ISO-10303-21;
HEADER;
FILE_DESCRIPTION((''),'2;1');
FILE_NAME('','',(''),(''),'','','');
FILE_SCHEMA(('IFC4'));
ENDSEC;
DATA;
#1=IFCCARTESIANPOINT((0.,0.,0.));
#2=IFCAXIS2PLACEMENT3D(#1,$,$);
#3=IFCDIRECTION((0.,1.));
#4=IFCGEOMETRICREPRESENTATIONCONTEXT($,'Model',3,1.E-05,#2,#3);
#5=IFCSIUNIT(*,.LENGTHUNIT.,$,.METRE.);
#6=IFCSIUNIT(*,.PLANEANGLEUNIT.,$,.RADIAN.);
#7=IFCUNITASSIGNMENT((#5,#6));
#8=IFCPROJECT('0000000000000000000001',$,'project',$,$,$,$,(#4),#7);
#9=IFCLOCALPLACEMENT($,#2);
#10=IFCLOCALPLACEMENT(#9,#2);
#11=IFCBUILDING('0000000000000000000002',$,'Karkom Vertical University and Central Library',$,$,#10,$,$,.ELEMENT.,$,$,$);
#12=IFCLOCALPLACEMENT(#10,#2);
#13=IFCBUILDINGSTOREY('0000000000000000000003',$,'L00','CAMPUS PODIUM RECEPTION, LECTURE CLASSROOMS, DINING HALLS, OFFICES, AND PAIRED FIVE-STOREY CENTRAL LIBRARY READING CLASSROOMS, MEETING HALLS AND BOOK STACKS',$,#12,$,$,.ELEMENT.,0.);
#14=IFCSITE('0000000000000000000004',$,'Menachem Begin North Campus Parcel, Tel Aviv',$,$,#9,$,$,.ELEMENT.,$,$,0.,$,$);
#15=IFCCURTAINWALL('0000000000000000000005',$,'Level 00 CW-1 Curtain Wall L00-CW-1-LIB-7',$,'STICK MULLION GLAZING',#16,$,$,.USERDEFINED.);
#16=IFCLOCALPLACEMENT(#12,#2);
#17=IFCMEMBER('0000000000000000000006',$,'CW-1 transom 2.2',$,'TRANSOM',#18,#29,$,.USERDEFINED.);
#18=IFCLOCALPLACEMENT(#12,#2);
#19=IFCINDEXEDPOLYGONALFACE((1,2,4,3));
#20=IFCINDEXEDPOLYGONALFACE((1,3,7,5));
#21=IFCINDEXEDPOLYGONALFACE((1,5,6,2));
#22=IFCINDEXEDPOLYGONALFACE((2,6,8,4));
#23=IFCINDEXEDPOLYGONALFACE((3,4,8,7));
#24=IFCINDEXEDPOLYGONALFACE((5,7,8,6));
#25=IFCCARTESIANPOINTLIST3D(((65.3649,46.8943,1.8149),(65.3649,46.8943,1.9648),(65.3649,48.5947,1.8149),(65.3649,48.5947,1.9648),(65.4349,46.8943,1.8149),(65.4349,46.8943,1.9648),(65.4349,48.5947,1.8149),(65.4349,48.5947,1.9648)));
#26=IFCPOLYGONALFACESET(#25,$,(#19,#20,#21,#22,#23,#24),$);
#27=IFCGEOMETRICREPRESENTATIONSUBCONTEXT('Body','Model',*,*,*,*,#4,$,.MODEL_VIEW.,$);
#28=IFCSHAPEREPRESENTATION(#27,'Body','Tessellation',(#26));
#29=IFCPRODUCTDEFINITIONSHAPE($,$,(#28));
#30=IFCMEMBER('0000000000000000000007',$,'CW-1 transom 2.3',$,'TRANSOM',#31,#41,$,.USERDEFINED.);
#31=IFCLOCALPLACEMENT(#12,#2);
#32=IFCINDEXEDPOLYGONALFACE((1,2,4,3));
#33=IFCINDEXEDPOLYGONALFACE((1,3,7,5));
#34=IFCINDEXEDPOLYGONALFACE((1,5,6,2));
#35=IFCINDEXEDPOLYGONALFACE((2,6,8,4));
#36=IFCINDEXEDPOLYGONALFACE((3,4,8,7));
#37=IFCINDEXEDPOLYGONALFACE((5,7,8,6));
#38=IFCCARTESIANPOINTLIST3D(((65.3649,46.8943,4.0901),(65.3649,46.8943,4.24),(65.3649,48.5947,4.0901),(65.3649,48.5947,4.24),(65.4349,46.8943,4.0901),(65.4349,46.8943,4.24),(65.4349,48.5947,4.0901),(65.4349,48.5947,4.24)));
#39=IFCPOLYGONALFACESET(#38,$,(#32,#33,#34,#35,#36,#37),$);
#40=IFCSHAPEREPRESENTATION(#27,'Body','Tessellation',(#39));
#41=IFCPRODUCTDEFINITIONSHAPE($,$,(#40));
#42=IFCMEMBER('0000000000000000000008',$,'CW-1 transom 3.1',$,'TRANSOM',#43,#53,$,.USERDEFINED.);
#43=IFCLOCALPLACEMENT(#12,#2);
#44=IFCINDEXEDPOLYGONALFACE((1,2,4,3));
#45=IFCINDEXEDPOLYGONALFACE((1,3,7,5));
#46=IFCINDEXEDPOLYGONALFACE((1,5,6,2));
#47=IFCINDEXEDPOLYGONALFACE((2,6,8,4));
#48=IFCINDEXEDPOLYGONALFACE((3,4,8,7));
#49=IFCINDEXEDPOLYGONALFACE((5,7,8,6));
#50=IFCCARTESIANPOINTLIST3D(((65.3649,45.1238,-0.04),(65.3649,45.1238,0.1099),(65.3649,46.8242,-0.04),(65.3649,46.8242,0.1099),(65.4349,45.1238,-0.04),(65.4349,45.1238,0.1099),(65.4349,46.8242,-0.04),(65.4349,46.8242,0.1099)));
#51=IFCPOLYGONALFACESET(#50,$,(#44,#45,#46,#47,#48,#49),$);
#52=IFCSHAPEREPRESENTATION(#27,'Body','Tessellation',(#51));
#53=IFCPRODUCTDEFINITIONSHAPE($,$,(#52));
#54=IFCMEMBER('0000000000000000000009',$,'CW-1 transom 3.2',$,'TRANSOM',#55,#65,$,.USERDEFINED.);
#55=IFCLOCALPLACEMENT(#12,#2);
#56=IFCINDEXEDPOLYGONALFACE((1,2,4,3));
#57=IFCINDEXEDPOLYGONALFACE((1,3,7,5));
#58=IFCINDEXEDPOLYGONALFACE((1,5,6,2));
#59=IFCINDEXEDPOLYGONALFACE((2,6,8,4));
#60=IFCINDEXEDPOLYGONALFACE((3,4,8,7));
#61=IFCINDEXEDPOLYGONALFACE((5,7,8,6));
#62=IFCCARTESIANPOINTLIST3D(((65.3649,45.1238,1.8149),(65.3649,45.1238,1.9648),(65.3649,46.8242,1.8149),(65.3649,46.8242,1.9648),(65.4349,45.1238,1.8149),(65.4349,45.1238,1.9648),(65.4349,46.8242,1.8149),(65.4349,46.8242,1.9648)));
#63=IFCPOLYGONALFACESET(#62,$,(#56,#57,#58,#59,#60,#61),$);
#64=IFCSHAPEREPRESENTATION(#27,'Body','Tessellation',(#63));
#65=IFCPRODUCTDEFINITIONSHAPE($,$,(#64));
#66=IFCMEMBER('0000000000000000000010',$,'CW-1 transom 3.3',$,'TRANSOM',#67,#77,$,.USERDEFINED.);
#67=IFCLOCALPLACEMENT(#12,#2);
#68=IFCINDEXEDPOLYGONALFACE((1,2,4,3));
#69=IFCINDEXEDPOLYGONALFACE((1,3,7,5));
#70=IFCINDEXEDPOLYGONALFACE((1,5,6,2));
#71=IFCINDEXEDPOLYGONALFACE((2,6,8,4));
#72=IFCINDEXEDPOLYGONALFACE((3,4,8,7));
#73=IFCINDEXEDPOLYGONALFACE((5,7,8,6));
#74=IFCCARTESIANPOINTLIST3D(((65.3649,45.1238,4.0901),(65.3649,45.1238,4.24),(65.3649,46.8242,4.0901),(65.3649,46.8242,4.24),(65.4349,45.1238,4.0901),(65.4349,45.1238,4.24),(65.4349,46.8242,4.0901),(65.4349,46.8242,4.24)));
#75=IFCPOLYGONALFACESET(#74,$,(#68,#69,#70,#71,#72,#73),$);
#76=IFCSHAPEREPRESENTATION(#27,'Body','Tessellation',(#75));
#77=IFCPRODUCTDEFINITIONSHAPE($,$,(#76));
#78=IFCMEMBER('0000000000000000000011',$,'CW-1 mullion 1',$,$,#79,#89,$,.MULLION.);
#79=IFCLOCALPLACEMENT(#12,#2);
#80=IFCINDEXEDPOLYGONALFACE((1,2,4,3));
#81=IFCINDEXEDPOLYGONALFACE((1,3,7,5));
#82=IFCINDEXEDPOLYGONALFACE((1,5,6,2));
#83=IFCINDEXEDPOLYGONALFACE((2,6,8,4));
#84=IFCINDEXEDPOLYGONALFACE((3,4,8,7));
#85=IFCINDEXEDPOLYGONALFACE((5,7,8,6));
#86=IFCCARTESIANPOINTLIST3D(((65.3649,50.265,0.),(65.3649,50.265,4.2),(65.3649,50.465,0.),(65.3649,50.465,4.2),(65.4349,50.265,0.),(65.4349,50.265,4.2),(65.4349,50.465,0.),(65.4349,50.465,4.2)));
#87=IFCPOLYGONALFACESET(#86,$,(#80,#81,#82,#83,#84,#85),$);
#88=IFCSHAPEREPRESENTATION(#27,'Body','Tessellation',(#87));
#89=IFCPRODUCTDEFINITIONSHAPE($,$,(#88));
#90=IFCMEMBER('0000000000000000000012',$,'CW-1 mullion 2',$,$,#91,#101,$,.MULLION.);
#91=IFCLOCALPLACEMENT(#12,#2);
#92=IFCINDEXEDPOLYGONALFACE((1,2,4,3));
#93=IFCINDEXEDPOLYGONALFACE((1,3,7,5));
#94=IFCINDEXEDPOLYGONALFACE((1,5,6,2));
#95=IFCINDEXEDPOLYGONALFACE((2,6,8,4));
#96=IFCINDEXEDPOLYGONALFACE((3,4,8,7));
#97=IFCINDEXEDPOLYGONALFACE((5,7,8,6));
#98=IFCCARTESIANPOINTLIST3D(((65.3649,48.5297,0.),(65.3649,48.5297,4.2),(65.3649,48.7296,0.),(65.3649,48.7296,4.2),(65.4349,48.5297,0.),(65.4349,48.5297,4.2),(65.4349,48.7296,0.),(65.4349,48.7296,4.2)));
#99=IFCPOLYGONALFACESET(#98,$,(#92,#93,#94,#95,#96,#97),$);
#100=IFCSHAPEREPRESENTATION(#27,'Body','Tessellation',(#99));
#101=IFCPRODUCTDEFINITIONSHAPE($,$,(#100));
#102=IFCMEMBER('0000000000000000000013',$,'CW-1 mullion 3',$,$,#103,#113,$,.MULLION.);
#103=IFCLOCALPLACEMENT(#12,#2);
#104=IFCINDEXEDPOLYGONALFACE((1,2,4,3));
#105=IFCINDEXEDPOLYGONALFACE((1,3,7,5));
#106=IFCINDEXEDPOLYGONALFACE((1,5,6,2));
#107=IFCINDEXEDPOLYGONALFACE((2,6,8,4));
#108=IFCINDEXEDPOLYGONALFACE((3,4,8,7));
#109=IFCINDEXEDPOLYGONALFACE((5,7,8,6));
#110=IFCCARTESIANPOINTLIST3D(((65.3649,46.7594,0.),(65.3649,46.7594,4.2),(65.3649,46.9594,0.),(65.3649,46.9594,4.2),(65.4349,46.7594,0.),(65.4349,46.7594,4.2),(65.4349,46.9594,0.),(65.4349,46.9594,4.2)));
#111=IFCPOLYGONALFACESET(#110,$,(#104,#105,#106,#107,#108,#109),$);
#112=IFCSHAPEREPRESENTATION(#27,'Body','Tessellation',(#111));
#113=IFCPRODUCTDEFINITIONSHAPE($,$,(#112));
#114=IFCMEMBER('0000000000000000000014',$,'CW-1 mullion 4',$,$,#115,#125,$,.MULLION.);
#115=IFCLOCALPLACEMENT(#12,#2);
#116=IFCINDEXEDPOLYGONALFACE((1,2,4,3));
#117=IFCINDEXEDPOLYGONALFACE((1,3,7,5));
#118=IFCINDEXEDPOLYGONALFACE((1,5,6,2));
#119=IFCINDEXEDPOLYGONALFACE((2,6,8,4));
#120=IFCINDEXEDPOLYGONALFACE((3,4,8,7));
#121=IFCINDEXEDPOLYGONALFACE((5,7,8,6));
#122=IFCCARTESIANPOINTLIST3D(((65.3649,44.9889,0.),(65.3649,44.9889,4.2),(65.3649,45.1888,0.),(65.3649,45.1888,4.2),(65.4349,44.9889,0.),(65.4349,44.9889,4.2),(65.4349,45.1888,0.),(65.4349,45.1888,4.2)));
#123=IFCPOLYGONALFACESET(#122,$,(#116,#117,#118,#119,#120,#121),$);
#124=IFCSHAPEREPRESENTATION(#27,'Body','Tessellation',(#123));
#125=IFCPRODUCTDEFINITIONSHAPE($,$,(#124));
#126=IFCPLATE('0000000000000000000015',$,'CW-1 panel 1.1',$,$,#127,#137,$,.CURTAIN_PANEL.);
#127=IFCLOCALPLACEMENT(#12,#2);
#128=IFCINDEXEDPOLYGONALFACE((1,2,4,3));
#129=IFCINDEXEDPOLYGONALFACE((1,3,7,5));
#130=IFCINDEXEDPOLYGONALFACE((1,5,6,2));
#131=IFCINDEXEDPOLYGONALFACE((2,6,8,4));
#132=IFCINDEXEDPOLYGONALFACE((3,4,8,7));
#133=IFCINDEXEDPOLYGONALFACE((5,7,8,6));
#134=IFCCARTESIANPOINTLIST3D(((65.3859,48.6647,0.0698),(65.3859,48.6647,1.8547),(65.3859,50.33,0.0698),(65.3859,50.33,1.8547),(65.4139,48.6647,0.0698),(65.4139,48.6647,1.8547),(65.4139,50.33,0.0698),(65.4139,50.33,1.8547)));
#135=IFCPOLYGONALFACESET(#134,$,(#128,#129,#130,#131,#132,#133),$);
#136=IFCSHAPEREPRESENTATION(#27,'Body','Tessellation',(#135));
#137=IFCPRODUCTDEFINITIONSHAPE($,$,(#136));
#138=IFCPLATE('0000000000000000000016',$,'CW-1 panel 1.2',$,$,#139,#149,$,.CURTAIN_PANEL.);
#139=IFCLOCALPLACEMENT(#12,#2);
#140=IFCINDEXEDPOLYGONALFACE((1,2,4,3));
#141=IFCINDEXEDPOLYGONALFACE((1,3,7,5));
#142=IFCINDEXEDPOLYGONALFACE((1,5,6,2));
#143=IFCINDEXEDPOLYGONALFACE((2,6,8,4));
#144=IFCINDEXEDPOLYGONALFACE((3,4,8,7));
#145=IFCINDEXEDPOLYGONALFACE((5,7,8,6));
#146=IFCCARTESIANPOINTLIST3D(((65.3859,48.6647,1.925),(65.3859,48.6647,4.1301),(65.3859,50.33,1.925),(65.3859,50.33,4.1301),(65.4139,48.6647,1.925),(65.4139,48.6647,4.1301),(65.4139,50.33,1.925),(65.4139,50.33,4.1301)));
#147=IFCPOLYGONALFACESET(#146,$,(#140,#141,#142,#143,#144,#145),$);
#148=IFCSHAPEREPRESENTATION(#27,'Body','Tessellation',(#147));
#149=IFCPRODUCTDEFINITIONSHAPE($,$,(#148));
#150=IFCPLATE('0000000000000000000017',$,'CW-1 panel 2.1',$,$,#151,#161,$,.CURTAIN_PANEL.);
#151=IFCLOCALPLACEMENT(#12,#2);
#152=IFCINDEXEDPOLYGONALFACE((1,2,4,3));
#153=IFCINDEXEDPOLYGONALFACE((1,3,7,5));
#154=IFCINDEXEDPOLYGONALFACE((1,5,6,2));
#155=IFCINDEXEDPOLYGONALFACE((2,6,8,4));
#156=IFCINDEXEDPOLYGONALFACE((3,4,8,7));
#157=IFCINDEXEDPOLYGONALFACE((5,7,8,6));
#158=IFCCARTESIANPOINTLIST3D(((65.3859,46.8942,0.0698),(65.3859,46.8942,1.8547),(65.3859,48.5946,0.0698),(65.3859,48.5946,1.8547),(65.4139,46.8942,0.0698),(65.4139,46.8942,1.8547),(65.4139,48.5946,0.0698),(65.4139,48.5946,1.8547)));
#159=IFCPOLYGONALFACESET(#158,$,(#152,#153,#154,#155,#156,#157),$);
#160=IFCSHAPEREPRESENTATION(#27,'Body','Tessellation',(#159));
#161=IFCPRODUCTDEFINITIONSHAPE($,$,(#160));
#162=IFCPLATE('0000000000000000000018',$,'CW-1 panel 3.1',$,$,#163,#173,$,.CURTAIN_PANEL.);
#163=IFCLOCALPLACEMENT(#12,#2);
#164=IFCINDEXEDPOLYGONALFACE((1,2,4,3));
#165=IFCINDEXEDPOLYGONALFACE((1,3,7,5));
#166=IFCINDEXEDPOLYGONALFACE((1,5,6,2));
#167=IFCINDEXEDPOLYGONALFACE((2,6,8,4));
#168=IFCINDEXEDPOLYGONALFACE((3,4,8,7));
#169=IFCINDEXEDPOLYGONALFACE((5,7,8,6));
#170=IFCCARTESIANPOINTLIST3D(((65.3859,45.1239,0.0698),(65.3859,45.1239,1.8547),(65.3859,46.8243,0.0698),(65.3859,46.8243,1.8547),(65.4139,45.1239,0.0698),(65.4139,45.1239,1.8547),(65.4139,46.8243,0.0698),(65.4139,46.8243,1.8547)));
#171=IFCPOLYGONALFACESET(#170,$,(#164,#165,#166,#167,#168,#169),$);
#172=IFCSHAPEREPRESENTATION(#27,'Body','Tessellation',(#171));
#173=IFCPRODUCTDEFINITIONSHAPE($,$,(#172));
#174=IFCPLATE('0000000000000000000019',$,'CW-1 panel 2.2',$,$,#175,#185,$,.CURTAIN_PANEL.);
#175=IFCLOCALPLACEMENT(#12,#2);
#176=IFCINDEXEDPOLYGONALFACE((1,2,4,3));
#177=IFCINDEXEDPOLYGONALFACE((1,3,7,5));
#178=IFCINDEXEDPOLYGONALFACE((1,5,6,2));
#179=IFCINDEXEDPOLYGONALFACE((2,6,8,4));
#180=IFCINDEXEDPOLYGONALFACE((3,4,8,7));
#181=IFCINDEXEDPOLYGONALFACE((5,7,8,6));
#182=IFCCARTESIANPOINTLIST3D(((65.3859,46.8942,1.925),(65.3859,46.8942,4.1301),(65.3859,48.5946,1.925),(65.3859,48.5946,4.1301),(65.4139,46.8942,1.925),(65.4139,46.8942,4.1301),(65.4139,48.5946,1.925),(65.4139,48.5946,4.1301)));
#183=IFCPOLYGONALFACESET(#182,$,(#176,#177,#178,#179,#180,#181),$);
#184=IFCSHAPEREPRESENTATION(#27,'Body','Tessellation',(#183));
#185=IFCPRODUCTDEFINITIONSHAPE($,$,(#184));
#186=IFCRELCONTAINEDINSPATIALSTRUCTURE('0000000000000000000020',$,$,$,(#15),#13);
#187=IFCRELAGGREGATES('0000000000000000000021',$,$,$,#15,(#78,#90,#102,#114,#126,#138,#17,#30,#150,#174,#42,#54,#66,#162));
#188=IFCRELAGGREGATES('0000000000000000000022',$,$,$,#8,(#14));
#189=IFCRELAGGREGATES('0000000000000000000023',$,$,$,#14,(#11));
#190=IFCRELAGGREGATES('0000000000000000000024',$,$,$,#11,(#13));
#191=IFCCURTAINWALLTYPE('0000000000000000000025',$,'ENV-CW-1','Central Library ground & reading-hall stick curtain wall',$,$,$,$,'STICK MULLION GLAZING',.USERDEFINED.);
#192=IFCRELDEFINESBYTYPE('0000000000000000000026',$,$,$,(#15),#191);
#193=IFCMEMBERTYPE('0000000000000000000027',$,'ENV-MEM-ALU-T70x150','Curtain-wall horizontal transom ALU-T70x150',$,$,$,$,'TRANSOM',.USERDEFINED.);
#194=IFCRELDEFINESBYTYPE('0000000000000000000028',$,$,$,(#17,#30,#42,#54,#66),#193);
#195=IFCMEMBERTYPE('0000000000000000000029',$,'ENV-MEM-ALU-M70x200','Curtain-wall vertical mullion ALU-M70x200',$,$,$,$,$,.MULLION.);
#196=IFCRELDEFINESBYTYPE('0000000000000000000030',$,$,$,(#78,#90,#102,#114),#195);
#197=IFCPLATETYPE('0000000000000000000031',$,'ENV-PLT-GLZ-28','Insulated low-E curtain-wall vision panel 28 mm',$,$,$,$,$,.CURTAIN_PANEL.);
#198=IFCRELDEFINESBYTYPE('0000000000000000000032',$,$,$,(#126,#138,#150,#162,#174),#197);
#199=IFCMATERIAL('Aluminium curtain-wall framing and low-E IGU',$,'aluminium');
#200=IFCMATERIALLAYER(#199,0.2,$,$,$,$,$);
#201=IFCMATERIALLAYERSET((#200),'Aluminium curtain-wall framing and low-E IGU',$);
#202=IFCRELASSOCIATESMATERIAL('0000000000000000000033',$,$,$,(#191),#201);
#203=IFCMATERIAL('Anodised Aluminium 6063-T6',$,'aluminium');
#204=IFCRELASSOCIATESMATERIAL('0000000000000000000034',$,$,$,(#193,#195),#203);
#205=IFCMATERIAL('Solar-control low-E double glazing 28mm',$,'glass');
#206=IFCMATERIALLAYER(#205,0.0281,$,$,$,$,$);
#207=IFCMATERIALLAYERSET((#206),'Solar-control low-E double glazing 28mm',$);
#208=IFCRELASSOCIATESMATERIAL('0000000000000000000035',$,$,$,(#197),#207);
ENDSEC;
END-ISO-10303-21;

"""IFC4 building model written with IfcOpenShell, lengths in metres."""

from ifc_helpers import new_model, si_unit, direction, frame, origin, origin_with_axes, origin_2d, place, context, subcontext, project, spatial, rectangle, extrude, source, transform, mapped, material, layer, layer_set, material_profile, profile_set, type_object, element, aggregate, save


model = new_model("IFC4")

# Units and contexts
model_context = context("Model", 3, precision=1e-05, world=origin(), true_north=direction((0.0, 1.0)))
body_context = subcontext(model_context, "Body", "Model", "MODEL_VIEW")
ifc_project = project(units=[si_unit("LENGTHUNIT", "METRE"), si_unit("PLANEANGLEUNIT", "RADIAN")], contexts=[model_context])

# Site, building, storey
site_placement = place(None, origin())
site = spatial("IfcSite", under=ifc_project, at=site_placement, Name="Menachem Begin North Campus Parcel, Tel Aviv", CompositionType="ELEMENT", RefElevation=0.0)
building_placement = place(site_placement, origin())
building = spatial("IfcBuilding", under=site, at=building_placement, Name="Karkom Vertical University and Central Library", CompositionType="ELEMENT")
storey_placement = place(building_placement, origin())
storey = spatial("IfcBuildingStorey", under=building, at=storey_placement, Name="L00", Description="CAMPUS PODIUM RECEPTION, LECTURE CLASSROOMS, DINING HALLS, OFFICES, AND PAIRED FIVE-STOREY CENTRAL LIBRARY READING CLASSROOMS, MEETING HALLS AND BOOK STACKS", CompositionType="ELEMENT", Elevation=0.0)

# Curtain wall, members, plates
ifc_material_1 = material(Name="Aluminium curtain-wall framing and low-E IGU", Category="aluminium")
ifc_layer_1 = layer(ifc_material_1, 0.2)
ifc_layer_set_1 = layer_set([ifc_layer_1], Name="Aluminium curtain-wall framing and low-E IGU")
curtain_wall_type = type_object("IfcCurtainWallType", Name="ENV-CW-1", Description="Central Library ground & reading-hall stick curtain wall", ElementType="STICK MULLION GLAZING", PredefinedType="USERDEFINED", material=ifc_layer_set_1)
curtain_wall_placement = place(storey_placement, origin())
curtain_wall = element("IfcCurtainWall", 1, at=curtain_wall_placement, inside=storey, type_object=curtain_wall_type, Name="Level 00 CW-1 Curtain Wall L00-CW-1-LIB-7", ObjectType="STICK MULLION GLAZING", PredefinedType="USERDEFINED")
ifc_material_2 = material(Name="Anodised Aluminium 6063-T6", Category="aluminium")
ifc_material_profile_1 = material_profile(ifc_material_2, rectangle(XDim=0.0701, YDim=0.1499, at=origin_2d()), Name="ALU-T70x150")
ifc_profile_set_1 = profile_set([ifc_material_profile_1], Name="Anodised Aluminium 6063-T6")
member_type_1 = type_object("IfcMemberType", Name="ENV-MEM-ALU-T70x150", Description="Curtain-wall horizontal transom ALU-T70x150", ElementType="TRANSOM", PredefinedType="USERDEFINED", material=ifc_profile_set_1)
shared_shape_1 = source(origin_with_axes(), body_context, "Body", "SweptSolid", [
    extrude(rectangle(XDim=0.0701, YDim=0.1499, at=origin_2d()), origin(), (0.0, 0.0, 1.0), 1.7004),
])
member_1_placement = place(storey_placement, frame((65.3999, 48.5947, 1.8899), z_axis=(0.0, -1.0, 0.0), x_axis=(1.0, 0.0, 0.0)))
member_1 = element("IfcMember", 2, at=member_1_placement, type_object=member_type_1, Name="CW-1 transom 2.2", ObjectType="TRANSOM", PredefinedType="USERDEFINED", context=body_context, shape_type="MappedRepresentation", body=[
    mapped(shared_shape_1, transform((0.0, 0.0, 0.0), scale=1.0)),
])
member_2_placement = place(storey_placement, frame((65.3999, 48.5947, 4.165), z_axis=(0.0, -1.0, 0.0), x_axis=(1.0, 0.0, 0.0)))
member_2 = element("IfcMember", 3, at=member_2_placement, type_object=member_type_1, Name="CW-1 transom 2.3", ObjectType="TRANSOM", PredefinedType="USERDEFINED", context=body_context, shape_type="MappedRepresentation", body=[
    mapped(shared_shape_1, transform((0.0, 0.0, 0.0), scale=1.0)),
])
member_3_placement = place(storey_placement, frame((65.3999, 46.8242, 0.0349), z_axis=(0.0, -1.0, 0.0), x_axis=(1.0, 0.0, 0.0)))
member_3 = element("IfcMember", 4, at=member_3_placement, type_object=member_type_1, Name="CW-1 transom 3.1", ObjectType="TRANSOM", PredefinedType="USERDEFINED", context=body_context, shape_type="MappedRepresentation", body=[
    mapped(shared_shape_1, transform((0.0, 0.0, 0.0), scale=1.0)),
])
member_4_placement = place(storey_placement, frame((65.3999, 46.8242, 1.8899), z_axis=(0.0, -1.0, 0.0), x_axis=(1.0, 0.0, 0.0)))
member_4 = element("IfcMember", 5, at=member_4_placement, type_object=member_type_1, Name="CW-1 transom 3.2", ObjectType="TRANSOM", PredefinedType="USERDEFINED", context=body_context, shape_type="MappedRepresentation", body=[
    mapped(shared_shape_1, transform((0.0, 0.0, 0.0), scale=1.0)),
])
member_5_placement = place(storey_placement, frame((65.3999, 46.8242, 4.165), z_axis=(0.0, -1.0, 0.0), x_axis=(1.0, 0.0, 0.0)))
member_5 = element("IfcMember", 6, at=member_5_placement, type_object=member_type_1, Name="CW-1 transom 3.3", ObjectType="TRANSOM", PredefinedType="USERDEFINED", context=body_context, shape_type="MappedRepresentation", body=[
    mapped(shared_shape_1, transform((0.0, 0.0, 0.0), scale=1.0)),
])
ifc_material_profile_2 = material_profile(ifc_material_2, rectangle(XDim=0.0701, YDim=0.2, at=origin_2d()), Name="ALU-M70x200")
ifc_profile_set_2 = profile_set([ifc_material_profile_2], Name="Anodised Aluminium 6063-T6")
member_type_2 = type_object("IfcMemberType", Name="ENV-MEM-ALU-M70x200", Description="Curtain-wall vertical mullion ALU-M70x200", PredefinedType="MULLION", material=ifc_profile_set_2)
shared_shape_2 = source(origin_with_axes(), body_context, "Body", "SweptSolid", [
    extrude(rectangle(XDim=0.0701, YDim=0.2, at=origin_2d()), origin(), (0.0, 0.0, 1.0), 4.2),
])
member_6_placement = place(storey_placement, frame((65.3999, 50.365, 0.0), z_axis=(0.0, 0.0, 1.0), x_axis=(1.0, 0.0, 0.0)))
member_6 = element("IfcMember", 7, at=member_6_placement, type_object=member_type_2, Name="CW-1 mullion 1", PredefinedType="MULLION", context=body_context, shape_type="MappedRepresentation", body=[
    mapped(shared_shape_2, transform((0.0, 0.0, 0.0), scale=1.0)),
])
member_7_placement = place(storey_placement, frame((65.3999, 48.6296, 0.0), z_axis=(0.0, 0.0, 1.0), x_axis=(1.0, 0.0, 0.0)))
member_7 = element("IfcMember", 8, at=member_7_placement, type_object=member_type_2, Name="CW-1 mullion 2", PredefinedType="MULLION", context=body_context, shape_type="MappedRepresentation", body=[
    mapped(shared_shape_2, transform((0.0, 0.0, 0.0), scale=1.0)),
])
member_8_placement = place(storey_placement, frame((65.3999, 46.8594, 0.0), z_axis=(0.0, 0.0, 1.0), x_axis=(1.0, 0.0, 0.0)))
member_8 = element("IfcMember", 9, at=member_8_placement, type_object=member_type_2, Name="CW-1 mullion 3", PredefinedType="MULLION", context=body_context, shape_type="MappedRepresentation", body=[
    mapped(shared_shape_2, transform((0.0, 0.0, 0.0), scale=1.0)),
])
member_9_placement = place(storey_placement, frame((65.3999, 45.0889, 0.0), z_axis=(0.0, 0.0, 1.0), x_axis=(1.0, 0.0, 0.0)))
member_9 = element("IfcMember", 10, at=member_9_placement, type_object=member_type_2, Name="CW-1 mullion 4", PredefinedType="MULLION", context=body_context, shape_type="MappedRepresentation", body=[
    mapped(shared_shape_2, transform((0.0, 0.0, 0.0), scale=1.0)),
])
ifc_material_3 = material(Name="Solar-control low-E double glazing 28mm", Category="glass")
ifc_layer_2 = layer(ifc_material_3, 0.0281)
ifc_layer_set_2 = layer_set([ifc_layer_2], Name="Solar-control low-E double glazing 28mm")
plate_type = type_object("IfcPlateType", Name="ENV-PLT-GLZ-28", Description="Insulated low-E curtain-wall vision panel 28 mm", PredefinedType="CURTAIN_PANEL", material=ifc_layer_set_2)
shared_shape_3 = source(origin_with_axes(), body_context, "Body", "SweptSolid", [
    extrude(rectangle(XDim=1.6653, YDim=0.0281, at=origin_2d()), origin(), (0.0, 0.0, 1.0), 1.7849),
])
plate_1_placement = place(storey_placement, frame((65.3999, 49.4973, 0.0698), z_axis=(0.0, 0.0, 1.0), x_axis=(0.0, -1.0, 0.0)))
plate_1 = element("IfcPlate", 11, at=plate_1_placement, type_object=plate_type, Name="CW-1 panel 1.1", PredefinedType="CURTAIN_PANEL", context=body_context, shape_type="MappedRepresentation", body=[
    mapped(shared_shape_3, transform((0.0, 0.0, 0.0), scale=1.0)),
])
shared_shape_4 = source(origin_with_axes(), body_context, "Body", "SweptSolid", [
    extrude(rectangle(XDim=1.6653, YDim=0.0281, at=origin_2d()), origin(), (0.0, 0.0, 1.0), 2.2051),
])
plate_2_placement = place(storey_placement, frame((65.3999, 49.4973, 1.925), z_axis=(0.0, 0.0, 1.0), x_axis=(0.0, -1.0, 0.0)))
plate_2 = element("IfcPlate", 12, at=plate_2_placement, type_object=plate_type, Name="CW-1 panel 1.2", PredefinedType="CURTAIN_PANEL", context=body_context, shape_type="MappedRepresentation", body=[
    mapped(shared_shape_4, transform((0.0, 0.0, 0.0), scale=1.0)),
])
shared_shape_5 = source(origin_with_axes(), body_context, "Body", "SweptSolid", [
    extrude(rectangle(XDim=1.7004, YDim=0.0281, at=origin_2d()), origin(), (0.0, 0.0, 1.0), 1.7849),
])
plate_3_placement = place(storey_placement, frame((65.3999, 47.7444, 0.0698), z_axis=(0.0, 0.0, 1.0), x_axis=(0.0, -1.0, 0.0)))
plate_3 = element("IfcPlate", 13, at=plate_3_placement, type_object=plate_type, Name="CW-1 panel 2.1", PredefinedType="CURTAIN_PANEL", context=body_context, shape_type="MappedRepresentation", body=[
    mapped(shared_shape_5, transform((0.0, 0.0, 0.0), scale=1.0)),
])
plate_4_placement = place(storey_placement, frame((65.3999, 45.9741, 0.0698), z_axis=(0.0, 0.0, 1.0), x_axis=(0.0, -1.0, 0.0)))
plate_4 = element("IfcPlate", 14, at=plate_4_placement, type_object=plate_type, Name="CW-1 panel 3.1", PredefinedType="CURTAIN_PANEL", context=body_context, shape_type="MappedRepresentation", body=[
    mapped(shared_shape_5, transform((0.0, 0.0, 0.0), scale=1.0)),
])
shared_shape_6 = source(origin_with_axes(), body_context, "Body", "SweptSolid", [
    extrude(rectangle(XDim=1.7004, YDim=0.0281, at=origin_2d()), origin(), (0.0, 0.0, 1.0), 2.2051),
])
plate_5_placement = place(storey_placement, frame((65.3999, 47.7444, 1.925), z_axis=(0.0, 0.0, 1.0), x_axis=(0.0, -1.0, 0.0)))
plate_5 = element("IfcPlate", 15, at=plate_5_placement, type_object=plate_type, Name="CW-1 panel 2.2", PredefinedType="CURTAIN_PANEL", context=body_context, shape_type="MappedRepresentation", body=[
    mapped(shared_shape_6, transform((0.0, 0.0, 0.0), scale=1.0)),
])
aggregate(curtain_wall, [member_6, member_7, member_8, member_9, plate_1, plate_2, member_1, member_2, plate_3, plate_5, member_3, member_4, member_5, plate_4])

save(model, "model.ifc")
